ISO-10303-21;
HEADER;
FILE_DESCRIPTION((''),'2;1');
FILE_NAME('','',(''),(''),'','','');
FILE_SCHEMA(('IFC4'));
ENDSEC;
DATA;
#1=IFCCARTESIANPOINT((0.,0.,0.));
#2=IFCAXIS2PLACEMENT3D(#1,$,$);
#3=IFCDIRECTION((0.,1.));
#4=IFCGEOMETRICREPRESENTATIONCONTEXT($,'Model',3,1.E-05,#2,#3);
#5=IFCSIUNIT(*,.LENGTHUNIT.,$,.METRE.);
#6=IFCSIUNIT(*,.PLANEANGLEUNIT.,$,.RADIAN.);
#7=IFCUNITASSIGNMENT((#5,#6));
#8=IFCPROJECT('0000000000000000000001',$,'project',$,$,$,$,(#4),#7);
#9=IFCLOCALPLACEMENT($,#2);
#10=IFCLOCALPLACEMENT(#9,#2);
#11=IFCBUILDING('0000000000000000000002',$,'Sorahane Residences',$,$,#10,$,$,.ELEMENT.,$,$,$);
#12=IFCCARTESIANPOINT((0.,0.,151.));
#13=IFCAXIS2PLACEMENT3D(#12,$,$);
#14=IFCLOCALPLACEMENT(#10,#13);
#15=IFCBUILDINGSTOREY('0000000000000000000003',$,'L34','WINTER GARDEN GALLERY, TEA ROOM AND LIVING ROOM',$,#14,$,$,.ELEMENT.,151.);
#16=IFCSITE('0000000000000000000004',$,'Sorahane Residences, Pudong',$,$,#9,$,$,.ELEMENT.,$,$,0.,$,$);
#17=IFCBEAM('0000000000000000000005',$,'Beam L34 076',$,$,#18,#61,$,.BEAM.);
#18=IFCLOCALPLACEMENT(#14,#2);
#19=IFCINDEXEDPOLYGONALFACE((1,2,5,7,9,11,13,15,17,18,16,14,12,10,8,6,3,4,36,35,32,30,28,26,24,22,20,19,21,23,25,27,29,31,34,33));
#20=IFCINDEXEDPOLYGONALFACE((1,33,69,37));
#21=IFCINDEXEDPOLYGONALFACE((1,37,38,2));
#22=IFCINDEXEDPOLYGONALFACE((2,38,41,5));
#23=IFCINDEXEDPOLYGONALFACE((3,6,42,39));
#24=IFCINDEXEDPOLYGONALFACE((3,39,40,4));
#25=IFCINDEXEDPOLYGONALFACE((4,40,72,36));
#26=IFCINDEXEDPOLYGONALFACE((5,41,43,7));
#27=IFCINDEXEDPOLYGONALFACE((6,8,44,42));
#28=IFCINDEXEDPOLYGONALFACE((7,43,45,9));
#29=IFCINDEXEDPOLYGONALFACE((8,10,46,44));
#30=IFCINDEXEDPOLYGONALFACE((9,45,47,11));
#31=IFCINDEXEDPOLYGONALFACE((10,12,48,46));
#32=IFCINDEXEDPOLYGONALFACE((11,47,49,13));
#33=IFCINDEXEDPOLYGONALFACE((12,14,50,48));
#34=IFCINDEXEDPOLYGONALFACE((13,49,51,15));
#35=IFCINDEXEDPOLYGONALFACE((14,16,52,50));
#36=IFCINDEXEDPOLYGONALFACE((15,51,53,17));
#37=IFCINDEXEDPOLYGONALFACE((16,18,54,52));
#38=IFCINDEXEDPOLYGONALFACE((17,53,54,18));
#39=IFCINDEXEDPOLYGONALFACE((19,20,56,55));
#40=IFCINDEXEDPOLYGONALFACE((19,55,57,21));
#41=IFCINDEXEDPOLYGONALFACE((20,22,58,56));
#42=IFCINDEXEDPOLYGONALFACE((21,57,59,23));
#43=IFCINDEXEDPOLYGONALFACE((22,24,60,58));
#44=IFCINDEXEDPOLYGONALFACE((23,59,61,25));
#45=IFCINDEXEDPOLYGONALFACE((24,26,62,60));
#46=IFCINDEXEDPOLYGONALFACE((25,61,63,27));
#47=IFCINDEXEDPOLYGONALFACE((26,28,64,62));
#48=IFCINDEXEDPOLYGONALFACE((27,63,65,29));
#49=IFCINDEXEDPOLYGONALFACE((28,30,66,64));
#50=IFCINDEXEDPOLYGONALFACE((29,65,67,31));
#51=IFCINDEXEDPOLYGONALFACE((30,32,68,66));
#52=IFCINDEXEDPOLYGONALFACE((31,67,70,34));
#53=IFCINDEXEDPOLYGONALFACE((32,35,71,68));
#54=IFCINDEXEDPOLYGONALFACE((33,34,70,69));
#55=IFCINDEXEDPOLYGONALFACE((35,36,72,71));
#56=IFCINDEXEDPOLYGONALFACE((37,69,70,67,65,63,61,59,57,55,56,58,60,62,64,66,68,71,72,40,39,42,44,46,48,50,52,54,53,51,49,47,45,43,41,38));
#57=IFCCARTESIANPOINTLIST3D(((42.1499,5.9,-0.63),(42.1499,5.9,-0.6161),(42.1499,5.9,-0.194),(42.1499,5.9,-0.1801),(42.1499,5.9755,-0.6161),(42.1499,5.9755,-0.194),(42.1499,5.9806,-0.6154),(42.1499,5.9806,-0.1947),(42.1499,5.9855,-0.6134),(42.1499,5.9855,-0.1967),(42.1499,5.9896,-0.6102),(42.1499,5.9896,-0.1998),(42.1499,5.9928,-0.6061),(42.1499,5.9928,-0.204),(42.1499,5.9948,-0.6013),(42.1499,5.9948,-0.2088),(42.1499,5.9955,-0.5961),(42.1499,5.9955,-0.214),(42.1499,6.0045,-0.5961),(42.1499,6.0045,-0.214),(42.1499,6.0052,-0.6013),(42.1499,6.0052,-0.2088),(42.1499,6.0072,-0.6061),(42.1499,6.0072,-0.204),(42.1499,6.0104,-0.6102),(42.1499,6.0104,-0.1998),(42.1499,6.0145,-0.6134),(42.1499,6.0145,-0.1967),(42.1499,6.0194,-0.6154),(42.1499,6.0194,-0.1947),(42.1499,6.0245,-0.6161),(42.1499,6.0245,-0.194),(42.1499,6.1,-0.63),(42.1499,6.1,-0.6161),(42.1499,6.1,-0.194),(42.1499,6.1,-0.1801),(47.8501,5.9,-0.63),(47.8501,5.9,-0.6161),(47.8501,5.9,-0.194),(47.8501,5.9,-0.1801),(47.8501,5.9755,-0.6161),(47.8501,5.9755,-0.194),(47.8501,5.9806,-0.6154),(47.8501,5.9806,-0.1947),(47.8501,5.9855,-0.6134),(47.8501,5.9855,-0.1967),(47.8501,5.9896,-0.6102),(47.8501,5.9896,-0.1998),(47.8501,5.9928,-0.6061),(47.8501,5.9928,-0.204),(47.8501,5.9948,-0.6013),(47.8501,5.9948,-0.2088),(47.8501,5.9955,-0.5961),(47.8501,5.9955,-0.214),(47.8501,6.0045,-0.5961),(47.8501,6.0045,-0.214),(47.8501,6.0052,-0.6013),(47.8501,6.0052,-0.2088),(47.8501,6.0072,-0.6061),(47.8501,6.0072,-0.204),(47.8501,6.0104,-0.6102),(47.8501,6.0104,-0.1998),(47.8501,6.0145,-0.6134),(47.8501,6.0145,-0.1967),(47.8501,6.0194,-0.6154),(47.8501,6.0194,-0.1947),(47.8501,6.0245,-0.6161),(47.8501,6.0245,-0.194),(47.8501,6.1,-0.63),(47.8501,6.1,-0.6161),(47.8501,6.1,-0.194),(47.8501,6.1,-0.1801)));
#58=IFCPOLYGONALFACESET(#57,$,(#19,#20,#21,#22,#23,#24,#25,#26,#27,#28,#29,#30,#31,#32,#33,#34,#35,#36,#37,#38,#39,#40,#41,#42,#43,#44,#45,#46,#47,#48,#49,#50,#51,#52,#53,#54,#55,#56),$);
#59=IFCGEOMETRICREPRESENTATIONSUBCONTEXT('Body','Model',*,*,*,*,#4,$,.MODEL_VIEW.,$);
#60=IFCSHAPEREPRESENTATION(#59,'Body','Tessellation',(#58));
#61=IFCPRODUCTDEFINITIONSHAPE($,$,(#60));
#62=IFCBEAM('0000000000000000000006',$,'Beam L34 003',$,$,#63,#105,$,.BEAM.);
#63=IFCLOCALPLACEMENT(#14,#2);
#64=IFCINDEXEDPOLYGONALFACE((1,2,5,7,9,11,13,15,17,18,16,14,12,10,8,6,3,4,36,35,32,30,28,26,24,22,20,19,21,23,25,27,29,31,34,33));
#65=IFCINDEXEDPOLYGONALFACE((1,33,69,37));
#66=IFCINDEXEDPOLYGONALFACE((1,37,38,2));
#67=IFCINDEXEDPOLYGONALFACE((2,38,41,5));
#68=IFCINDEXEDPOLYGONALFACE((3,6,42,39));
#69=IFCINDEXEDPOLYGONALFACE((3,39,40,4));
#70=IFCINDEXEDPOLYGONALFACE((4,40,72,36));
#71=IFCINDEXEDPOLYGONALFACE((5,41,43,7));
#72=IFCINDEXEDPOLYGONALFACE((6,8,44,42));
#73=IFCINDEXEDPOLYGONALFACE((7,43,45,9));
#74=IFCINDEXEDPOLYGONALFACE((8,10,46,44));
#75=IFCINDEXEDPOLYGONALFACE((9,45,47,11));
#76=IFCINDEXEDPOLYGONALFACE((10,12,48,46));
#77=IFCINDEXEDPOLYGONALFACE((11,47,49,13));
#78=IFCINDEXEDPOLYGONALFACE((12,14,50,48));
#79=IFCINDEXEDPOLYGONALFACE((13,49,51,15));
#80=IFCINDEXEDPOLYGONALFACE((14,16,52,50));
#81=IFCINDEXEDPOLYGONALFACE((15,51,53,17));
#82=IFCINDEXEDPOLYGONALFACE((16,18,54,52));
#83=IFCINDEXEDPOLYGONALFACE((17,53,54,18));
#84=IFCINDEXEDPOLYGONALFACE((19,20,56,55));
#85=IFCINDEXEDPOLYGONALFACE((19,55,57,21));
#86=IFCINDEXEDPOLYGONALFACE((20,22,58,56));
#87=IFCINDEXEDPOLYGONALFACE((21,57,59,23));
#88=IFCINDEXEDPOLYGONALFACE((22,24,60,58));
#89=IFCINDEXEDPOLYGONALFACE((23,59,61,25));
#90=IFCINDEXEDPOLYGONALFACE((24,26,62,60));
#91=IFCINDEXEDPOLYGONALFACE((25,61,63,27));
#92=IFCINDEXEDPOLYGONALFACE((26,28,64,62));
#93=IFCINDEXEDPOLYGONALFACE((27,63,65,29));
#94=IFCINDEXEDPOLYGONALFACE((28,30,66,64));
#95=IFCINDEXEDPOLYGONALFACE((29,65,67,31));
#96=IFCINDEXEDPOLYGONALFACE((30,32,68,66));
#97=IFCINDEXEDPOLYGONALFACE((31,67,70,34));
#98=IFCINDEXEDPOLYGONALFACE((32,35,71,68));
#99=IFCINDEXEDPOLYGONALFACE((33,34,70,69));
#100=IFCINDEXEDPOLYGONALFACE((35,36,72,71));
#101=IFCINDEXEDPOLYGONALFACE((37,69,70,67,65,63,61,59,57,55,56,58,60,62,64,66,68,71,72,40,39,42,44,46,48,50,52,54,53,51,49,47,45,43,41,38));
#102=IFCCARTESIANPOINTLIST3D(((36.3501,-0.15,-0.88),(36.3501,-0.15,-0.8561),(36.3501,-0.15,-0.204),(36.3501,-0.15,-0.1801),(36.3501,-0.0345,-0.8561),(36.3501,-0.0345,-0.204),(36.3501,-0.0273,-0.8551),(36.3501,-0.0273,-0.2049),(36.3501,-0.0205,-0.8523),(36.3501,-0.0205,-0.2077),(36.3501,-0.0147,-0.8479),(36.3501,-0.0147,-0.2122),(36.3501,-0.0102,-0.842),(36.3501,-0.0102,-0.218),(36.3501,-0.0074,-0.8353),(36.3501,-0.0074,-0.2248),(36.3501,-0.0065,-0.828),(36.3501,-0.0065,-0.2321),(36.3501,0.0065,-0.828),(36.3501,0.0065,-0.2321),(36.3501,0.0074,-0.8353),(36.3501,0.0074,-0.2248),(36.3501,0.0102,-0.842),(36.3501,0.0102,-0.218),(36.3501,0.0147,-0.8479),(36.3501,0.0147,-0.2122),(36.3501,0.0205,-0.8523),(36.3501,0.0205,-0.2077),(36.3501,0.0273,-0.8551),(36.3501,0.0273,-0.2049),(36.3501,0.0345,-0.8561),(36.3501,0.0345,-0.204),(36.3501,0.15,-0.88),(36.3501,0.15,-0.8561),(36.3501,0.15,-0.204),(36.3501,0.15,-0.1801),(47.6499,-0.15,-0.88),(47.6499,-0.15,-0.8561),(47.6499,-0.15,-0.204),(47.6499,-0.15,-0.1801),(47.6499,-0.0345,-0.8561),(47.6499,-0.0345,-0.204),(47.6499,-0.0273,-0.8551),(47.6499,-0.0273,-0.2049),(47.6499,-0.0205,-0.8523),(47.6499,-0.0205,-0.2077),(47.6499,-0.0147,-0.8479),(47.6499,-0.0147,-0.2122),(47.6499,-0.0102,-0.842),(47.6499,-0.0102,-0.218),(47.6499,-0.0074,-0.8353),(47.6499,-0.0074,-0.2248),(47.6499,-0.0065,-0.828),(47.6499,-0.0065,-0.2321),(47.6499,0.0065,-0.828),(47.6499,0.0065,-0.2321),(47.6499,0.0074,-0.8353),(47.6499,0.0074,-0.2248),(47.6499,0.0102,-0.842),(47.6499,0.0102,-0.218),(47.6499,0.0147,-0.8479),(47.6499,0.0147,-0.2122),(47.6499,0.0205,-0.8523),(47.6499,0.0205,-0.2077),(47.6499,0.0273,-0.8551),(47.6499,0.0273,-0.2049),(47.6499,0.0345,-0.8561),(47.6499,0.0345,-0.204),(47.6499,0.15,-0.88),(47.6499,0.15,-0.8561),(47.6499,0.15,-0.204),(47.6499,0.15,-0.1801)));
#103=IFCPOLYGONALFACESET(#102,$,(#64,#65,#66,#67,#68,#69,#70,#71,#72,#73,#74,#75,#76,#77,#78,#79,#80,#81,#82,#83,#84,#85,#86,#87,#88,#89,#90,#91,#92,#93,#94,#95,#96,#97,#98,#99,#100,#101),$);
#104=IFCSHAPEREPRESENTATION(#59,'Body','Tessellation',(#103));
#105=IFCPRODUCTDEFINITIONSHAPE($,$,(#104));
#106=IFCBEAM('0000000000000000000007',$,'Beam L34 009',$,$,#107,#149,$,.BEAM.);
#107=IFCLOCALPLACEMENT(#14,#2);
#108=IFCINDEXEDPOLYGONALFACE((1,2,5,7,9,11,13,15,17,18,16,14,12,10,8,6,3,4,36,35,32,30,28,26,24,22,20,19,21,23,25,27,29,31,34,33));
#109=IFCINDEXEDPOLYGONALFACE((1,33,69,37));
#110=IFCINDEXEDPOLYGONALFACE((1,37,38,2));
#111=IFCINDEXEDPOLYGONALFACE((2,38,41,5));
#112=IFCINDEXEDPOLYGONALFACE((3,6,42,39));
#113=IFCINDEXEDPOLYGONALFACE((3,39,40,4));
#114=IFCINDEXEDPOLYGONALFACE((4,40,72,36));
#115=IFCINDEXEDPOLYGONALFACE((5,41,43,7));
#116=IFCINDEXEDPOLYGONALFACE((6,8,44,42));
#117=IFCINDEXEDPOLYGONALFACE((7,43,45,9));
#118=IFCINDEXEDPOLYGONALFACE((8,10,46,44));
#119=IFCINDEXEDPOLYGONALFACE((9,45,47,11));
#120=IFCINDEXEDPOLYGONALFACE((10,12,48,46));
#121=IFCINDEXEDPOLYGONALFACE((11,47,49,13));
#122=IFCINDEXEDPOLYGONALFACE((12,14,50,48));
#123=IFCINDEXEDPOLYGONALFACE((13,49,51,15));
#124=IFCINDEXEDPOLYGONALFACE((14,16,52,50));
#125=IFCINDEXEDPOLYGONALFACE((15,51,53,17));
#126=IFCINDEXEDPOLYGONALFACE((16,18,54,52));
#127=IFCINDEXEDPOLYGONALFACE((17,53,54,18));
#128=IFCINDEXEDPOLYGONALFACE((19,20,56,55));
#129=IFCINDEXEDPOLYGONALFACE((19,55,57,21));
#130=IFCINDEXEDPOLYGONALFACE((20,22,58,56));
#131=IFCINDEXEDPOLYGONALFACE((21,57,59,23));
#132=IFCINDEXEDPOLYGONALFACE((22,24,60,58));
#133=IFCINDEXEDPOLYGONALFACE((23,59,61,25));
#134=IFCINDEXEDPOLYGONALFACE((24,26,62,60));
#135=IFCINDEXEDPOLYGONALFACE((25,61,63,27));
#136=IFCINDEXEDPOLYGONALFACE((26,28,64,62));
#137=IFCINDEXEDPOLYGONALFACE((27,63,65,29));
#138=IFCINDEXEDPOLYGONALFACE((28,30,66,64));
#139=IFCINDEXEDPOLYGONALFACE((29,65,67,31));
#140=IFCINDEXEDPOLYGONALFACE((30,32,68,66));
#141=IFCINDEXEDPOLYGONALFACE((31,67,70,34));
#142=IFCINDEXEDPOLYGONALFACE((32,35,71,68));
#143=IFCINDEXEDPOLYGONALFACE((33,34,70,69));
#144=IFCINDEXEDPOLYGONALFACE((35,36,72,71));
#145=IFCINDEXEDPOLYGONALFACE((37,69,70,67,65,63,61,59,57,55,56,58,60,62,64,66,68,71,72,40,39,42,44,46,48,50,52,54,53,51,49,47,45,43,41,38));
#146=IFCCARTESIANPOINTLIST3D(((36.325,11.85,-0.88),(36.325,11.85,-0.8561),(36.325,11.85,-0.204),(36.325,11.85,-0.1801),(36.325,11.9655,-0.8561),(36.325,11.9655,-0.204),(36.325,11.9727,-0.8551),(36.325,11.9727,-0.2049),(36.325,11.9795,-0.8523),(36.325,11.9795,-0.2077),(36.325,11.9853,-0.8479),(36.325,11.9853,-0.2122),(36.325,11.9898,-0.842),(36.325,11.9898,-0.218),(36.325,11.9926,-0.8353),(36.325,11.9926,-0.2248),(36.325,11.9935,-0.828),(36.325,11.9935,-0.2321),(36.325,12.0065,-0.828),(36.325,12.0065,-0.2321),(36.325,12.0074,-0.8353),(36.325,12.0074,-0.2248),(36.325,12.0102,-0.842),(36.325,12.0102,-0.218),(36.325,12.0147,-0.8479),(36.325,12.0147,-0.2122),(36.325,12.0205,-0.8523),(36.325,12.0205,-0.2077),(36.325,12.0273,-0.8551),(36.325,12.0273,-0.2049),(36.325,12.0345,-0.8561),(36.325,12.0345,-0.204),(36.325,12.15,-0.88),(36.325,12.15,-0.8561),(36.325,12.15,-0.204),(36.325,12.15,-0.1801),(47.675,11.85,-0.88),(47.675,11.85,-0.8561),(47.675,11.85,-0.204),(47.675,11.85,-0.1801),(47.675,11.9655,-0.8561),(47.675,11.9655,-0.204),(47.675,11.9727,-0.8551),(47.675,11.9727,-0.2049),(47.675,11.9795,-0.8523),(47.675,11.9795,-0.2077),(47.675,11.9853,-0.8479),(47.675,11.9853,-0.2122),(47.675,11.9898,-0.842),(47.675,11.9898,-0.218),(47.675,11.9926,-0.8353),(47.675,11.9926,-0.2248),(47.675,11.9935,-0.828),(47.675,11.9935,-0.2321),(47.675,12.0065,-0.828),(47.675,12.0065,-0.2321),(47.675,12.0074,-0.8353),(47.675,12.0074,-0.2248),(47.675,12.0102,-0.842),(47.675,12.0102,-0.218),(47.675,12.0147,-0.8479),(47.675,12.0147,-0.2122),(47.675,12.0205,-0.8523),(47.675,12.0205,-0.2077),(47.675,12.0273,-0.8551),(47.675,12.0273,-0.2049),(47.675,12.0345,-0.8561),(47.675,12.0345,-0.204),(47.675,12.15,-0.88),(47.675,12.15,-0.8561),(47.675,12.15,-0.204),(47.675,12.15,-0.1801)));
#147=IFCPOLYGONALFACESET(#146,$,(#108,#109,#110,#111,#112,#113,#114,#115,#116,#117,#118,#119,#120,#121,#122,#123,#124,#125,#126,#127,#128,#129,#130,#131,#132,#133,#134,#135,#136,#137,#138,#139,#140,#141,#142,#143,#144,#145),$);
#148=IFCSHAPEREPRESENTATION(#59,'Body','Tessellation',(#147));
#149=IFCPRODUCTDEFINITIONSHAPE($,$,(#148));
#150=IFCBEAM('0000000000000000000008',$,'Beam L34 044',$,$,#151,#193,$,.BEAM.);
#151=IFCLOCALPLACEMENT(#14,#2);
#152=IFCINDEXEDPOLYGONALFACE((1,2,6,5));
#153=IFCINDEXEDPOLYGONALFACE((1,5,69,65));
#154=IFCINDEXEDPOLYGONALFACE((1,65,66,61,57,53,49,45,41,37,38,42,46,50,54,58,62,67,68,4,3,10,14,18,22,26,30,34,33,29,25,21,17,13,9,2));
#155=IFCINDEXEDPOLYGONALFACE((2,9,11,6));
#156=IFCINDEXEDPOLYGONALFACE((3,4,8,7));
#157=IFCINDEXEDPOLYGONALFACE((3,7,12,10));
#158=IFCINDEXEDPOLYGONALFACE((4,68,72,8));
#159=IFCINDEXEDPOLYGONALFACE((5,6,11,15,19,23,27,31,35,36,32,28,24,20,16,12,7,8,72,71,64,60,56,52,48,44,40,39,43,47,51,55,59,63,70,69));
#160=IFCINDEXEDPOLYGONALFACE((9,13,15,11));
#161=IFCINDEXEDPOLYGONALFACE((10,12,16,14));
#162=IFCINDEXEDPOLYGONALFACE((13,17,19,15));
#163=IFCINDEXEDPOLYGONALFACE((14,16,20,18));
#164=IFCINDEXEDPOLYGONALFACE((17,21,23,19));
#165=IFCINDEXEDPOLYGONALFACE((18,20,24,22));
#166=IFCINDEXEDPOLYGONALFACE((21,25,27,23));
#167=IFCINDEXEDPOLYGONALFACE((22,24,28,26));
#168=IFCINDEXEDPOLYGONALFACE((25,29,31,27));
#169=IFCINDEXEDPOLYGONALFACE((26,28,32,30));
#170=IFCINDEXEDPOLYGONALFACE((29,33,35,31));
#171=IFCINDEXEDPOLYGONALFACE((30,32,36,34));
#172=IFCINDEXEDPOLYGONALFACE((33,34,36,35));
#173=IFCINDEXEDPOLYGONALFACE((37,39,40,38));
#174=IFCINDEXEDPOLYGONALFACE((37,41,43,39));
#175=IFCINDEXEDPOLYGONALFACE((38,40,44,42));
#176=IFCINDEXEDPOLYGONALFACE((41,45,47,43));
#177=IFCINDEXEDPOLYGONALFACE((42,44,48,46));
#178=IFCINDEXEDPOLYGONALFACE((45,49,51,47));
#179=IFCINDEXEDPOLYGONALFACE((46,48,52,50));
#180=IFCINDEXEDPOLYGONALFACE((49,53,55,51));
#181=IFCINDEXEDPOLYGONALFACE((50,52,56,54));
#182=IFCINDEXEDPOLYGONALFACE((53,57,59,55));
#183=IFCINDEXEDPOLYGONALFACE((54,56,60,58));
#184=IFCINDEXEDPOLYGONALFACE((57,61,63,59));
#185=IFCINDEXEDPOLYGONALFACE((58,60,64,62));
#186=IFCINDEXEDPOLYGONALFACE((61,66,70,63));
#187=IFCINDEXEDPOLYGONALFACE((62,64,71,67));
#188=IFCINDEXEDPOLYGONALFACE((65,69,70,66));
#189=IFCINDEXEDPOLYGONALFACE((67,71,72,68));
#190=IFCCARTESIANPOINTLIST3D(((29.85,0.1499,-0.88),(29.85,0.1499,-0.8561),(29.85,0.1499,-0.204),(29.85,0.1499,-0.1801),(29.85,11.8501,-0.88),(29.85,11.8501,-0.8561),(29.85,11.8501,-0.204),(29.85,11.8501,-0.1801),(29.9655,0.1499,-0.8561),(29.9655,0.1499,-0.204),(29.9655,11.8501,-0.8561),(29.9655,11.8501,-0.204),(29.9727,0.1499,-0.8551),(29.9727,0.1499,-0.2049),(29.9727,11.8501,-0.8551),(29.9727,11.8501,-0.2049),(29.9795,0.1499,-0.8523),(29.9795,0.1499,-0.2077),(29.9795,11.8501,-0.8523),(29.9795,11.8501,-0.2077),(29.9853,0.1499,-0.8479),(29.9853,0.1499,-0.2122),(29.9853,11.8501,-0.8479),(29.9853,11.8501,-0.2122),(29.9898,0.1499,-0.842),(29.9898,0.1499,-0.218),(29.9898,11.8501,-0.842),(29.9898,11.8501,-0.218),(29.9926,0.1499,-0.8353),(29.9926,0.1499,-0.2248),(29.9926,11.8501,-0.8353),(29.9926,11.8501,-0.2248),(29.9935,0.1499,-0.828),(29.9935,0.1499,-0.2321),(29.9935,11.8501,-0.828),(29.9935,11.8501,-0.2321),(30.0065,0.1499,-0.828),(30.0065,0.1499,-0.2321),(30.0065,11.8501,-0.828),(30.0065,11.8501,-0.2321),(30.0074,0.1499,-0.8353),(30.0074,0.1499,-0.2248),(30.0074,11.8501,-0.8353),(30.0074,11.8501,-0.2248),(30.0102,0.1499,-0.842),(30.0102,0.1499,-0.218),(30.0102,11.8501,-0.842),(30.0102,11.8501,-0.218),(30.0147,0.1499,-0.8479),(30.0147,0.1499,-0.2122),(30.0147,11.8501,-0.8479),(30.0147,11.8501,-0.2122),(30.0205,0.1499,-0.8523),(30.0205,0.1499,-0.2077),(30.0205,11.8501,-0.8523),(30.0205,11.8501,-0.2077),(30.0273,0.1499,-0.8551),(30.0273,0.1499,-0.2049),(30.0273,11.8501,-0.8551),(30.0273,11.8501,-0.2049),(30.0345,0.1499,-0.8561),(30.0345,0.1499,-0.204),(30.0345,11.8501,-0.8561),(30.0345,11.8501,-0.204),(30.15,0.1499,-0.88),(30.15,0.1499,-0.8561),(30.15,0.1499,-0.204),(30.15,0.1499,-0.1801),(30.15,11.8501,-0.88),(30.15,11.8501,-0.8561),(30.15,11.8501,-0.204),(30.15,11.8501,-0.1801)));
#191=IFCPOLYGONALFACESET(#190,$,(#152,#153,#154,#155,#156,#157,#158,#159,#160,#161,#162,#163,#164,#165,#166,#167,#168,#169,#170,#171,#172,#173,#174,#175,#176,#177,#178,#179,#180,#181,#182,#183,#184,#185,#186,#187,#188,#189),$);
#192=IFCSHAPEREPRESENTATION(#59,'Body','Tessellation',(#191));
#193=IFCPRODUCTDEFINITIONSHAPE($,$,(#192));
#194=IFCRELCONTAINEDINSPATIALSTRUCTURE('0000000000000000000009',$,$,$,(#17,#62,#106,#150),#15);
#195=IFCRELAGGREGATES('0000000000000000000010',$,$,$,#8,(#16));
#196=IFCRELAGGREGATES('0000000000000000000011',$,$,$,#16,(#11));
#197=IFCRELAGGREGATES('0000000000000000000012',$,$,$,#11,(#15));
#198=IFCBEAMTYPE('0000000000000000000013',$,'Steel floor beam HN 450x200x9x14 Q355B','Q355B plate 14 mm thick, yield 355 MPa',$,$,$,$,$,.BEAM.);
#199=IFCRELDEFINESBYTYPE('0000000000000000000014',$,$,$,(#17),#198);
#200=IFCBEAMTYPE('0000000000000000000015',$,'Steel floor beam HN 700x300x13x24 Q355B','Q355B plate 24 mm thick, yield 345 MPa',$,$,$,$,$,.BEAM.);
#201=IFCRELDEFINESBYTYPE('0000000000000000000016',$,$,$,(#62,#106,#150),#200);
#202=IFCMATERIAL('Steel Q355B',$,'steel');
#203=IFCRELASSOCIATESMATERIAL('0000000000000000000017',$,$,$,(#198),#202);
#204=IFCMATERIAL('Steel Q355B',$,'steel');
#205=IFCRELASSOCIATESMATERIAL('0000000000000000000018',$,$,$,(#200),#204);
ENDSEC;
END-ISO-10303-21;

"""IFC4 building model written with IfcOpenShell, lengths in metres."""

from ifc_helpers import new_model, si_unit, direction, frame, origin, origin_2d, place, context, subcontext, project, spatial, i_section, extrude, material, material_profile, profile_set, type_object, element, save


model = new_model("IFC4")

# Units and contexts
model_context = context("Model", 3, precision=1e-05, world=origin(), true_north=direction((0.0, 1.0)))
body_context = subcontext(model_context, "Body", "Model", "MODEL_VIEW")
ifc_project = project(units=[si_unit("LENGTHUNIT", "METRE"), si_unit("PLANEANGLEUNIT", "RADIAN")], contexts=[model_context])

# Site, building, storey
site_placement = place(None, origin())
site = spatial("IfcSite", under=ifc_project, at=site_placement, Name="Sorahane Residences, Pudong", CompositionType="ELEMENT", RefElevation=0.0)
building_placement = place(site_placement, origin())
building = spatial("IfcBuilding", under=site, at=building_placement, Name="Sorahane Residences", CompositionType="ELEMENT")
storey_placement = place(building_placement, frame((0.0, 0.0, 151.0)))
storey = spatial("IfcBuildingStorey", under=building, at=storey_placement, Name="L34", Description="WINTER GARDEN GALLERY, TEA ROOM AND LIVING ROOM", CompositionType="ELEMENT", Elevation=151.0)

# Beams
ifc_material_1 = material(Name="Steel Q355B", Category="steel")
ifc_material_profile_1 = material_profile(ifc_material_1, i_section(OverallWidth=0.2, OverallDepth=0.45, WebThickness=0.009, FlangeThickness=0.0139, FilletRadius=0.02, at=origin_2d()), Name="HN 450x200x9x14")
ifc_profile_set_1 = profile_set([ifc_material_profile_1], Name="Steel Q355B")
beam_type_1 = type_object("IfcBeamType", Name="Steel floor beam HN 450x200x9x14 Q355B", Description="Q355B plate 14 mm thick, yield 355 MPa", PredefinedType="BEAM", material=ifc_profile_set_1)
for number, where, z_axis, x_axis, name in (
    (1, (42.1499, 6.0, -0.405), (1.0, 0.0, 0.0), (0.0, 1.0, 0.0), "Beam L34 076"),
):
    element("IfcBeam", number, at=place(storey_placement, frame(where, z_axis=z_axis, x_axis=x_axis)), inside=storey, type_object=beam_type_1, Name=name, PredefinedType="BEAM", context=body_context, shape_type="SweptSolid", body=[
        extrude(i_section(OverallWidth=0.2, OverallDepth=0.45, WebThickness=0.009, FlangeThickness=0.0139, FilletRadius=0.02, at=origin_2d()), origin(), (0.0, 0.0, 1.0), 5.7002),
    ])
ifc_material_2 = material(Name="Steel Q355B", Category="steel")
ifc_material_profile_2 = material_profile(ifc_material_2, i_section(OverallWidth=0.3, OverallDepth=0.7, WebThickness=0.0129, FlangeThickness=0.0239, FilletRadius=0.0281, at=origin_2d()), Name="HN 700x300x13x24")
ifc_profile_set_2 = profile_set([ifc_material_profile_2], Name="Steel Q355B")
beam_type_2 = type_object("IfcBeamType", Name="Steel floor beam HN 700x300x13x24 Q355B", Description="Q355B plate 24 mm thick, yield 345 MPa", PredefinedType="BEAM", material=ifc_profile_set_2)
beam_1_placement = place(storey_placement, frame((36.3501, 0.0, -0.53), z_axis=(1.0, 0.0, 0.0), x_axis=(0.0, 1.0, 0.0)))
element("IfcBeam", 2, at=beam_1_placement, inside=storey, type_object=beam_type_2, Name="Beam L34 003", PredefinedType="BEAM", context=body_context, shape_type="SweptSolid", body=[
    extrude(i_section(OverallWidth=0.3, OverallDepth=0.7, WebThickness=0.0129, FlangeThickness=0.0239, FilletRadius=0.0281, at=origin_2d()), origin(), (0.0, 0.0, 1.0), 11.2998),
])
beam_2_placement = place(storey_placement, frame((36.325, 12.0, -0.53), z_axis=(1.0, 0.0, 0.0), x_axis=(0.0, 1.0, 0.0)))
element("IfcBeam", 3, at=beam_2_placement, inside=storey, type_object=beam_type_2, Name="Beam L34 009", PredefinedType="BEAM", context=body_context, shape_type="SweptSolid", body=[
    extrude(i_section(OverallWidth=0.3, OverallDepth=0.7, WebThickness=0.0129, FlangeThickness=0.0239, FilletRadius=0.0281, at=origin_2d()), origin(), (0.0, 0.0, 1.0), 11.3501),
])
beam_3_placement = place(storey_placement, frame((30.0, 0.1499, -0.53), z_axis=(0.0, 1.0, 0.0), x_axis=(-1.0, 0.0, 0.0)))
element("IfcBeam", 4, at=beam_3_placement, inside=storey, type_object=beam_type_2, Name="Beam L34 044", PredefinedType="BEAM", context=body_context, shape_type="SweptSolid", body=[
    extrude(i_section(OverallWidth=0.3, OverallDepth=0.7, WebThickness=0.0129, FlangeThickness=0.0239, FilletRadius=0.0281, at=origin_2d()), origin(), (0.0, 0.0, 1.0), 11.7002),
])

save(model, "model.ifc")
